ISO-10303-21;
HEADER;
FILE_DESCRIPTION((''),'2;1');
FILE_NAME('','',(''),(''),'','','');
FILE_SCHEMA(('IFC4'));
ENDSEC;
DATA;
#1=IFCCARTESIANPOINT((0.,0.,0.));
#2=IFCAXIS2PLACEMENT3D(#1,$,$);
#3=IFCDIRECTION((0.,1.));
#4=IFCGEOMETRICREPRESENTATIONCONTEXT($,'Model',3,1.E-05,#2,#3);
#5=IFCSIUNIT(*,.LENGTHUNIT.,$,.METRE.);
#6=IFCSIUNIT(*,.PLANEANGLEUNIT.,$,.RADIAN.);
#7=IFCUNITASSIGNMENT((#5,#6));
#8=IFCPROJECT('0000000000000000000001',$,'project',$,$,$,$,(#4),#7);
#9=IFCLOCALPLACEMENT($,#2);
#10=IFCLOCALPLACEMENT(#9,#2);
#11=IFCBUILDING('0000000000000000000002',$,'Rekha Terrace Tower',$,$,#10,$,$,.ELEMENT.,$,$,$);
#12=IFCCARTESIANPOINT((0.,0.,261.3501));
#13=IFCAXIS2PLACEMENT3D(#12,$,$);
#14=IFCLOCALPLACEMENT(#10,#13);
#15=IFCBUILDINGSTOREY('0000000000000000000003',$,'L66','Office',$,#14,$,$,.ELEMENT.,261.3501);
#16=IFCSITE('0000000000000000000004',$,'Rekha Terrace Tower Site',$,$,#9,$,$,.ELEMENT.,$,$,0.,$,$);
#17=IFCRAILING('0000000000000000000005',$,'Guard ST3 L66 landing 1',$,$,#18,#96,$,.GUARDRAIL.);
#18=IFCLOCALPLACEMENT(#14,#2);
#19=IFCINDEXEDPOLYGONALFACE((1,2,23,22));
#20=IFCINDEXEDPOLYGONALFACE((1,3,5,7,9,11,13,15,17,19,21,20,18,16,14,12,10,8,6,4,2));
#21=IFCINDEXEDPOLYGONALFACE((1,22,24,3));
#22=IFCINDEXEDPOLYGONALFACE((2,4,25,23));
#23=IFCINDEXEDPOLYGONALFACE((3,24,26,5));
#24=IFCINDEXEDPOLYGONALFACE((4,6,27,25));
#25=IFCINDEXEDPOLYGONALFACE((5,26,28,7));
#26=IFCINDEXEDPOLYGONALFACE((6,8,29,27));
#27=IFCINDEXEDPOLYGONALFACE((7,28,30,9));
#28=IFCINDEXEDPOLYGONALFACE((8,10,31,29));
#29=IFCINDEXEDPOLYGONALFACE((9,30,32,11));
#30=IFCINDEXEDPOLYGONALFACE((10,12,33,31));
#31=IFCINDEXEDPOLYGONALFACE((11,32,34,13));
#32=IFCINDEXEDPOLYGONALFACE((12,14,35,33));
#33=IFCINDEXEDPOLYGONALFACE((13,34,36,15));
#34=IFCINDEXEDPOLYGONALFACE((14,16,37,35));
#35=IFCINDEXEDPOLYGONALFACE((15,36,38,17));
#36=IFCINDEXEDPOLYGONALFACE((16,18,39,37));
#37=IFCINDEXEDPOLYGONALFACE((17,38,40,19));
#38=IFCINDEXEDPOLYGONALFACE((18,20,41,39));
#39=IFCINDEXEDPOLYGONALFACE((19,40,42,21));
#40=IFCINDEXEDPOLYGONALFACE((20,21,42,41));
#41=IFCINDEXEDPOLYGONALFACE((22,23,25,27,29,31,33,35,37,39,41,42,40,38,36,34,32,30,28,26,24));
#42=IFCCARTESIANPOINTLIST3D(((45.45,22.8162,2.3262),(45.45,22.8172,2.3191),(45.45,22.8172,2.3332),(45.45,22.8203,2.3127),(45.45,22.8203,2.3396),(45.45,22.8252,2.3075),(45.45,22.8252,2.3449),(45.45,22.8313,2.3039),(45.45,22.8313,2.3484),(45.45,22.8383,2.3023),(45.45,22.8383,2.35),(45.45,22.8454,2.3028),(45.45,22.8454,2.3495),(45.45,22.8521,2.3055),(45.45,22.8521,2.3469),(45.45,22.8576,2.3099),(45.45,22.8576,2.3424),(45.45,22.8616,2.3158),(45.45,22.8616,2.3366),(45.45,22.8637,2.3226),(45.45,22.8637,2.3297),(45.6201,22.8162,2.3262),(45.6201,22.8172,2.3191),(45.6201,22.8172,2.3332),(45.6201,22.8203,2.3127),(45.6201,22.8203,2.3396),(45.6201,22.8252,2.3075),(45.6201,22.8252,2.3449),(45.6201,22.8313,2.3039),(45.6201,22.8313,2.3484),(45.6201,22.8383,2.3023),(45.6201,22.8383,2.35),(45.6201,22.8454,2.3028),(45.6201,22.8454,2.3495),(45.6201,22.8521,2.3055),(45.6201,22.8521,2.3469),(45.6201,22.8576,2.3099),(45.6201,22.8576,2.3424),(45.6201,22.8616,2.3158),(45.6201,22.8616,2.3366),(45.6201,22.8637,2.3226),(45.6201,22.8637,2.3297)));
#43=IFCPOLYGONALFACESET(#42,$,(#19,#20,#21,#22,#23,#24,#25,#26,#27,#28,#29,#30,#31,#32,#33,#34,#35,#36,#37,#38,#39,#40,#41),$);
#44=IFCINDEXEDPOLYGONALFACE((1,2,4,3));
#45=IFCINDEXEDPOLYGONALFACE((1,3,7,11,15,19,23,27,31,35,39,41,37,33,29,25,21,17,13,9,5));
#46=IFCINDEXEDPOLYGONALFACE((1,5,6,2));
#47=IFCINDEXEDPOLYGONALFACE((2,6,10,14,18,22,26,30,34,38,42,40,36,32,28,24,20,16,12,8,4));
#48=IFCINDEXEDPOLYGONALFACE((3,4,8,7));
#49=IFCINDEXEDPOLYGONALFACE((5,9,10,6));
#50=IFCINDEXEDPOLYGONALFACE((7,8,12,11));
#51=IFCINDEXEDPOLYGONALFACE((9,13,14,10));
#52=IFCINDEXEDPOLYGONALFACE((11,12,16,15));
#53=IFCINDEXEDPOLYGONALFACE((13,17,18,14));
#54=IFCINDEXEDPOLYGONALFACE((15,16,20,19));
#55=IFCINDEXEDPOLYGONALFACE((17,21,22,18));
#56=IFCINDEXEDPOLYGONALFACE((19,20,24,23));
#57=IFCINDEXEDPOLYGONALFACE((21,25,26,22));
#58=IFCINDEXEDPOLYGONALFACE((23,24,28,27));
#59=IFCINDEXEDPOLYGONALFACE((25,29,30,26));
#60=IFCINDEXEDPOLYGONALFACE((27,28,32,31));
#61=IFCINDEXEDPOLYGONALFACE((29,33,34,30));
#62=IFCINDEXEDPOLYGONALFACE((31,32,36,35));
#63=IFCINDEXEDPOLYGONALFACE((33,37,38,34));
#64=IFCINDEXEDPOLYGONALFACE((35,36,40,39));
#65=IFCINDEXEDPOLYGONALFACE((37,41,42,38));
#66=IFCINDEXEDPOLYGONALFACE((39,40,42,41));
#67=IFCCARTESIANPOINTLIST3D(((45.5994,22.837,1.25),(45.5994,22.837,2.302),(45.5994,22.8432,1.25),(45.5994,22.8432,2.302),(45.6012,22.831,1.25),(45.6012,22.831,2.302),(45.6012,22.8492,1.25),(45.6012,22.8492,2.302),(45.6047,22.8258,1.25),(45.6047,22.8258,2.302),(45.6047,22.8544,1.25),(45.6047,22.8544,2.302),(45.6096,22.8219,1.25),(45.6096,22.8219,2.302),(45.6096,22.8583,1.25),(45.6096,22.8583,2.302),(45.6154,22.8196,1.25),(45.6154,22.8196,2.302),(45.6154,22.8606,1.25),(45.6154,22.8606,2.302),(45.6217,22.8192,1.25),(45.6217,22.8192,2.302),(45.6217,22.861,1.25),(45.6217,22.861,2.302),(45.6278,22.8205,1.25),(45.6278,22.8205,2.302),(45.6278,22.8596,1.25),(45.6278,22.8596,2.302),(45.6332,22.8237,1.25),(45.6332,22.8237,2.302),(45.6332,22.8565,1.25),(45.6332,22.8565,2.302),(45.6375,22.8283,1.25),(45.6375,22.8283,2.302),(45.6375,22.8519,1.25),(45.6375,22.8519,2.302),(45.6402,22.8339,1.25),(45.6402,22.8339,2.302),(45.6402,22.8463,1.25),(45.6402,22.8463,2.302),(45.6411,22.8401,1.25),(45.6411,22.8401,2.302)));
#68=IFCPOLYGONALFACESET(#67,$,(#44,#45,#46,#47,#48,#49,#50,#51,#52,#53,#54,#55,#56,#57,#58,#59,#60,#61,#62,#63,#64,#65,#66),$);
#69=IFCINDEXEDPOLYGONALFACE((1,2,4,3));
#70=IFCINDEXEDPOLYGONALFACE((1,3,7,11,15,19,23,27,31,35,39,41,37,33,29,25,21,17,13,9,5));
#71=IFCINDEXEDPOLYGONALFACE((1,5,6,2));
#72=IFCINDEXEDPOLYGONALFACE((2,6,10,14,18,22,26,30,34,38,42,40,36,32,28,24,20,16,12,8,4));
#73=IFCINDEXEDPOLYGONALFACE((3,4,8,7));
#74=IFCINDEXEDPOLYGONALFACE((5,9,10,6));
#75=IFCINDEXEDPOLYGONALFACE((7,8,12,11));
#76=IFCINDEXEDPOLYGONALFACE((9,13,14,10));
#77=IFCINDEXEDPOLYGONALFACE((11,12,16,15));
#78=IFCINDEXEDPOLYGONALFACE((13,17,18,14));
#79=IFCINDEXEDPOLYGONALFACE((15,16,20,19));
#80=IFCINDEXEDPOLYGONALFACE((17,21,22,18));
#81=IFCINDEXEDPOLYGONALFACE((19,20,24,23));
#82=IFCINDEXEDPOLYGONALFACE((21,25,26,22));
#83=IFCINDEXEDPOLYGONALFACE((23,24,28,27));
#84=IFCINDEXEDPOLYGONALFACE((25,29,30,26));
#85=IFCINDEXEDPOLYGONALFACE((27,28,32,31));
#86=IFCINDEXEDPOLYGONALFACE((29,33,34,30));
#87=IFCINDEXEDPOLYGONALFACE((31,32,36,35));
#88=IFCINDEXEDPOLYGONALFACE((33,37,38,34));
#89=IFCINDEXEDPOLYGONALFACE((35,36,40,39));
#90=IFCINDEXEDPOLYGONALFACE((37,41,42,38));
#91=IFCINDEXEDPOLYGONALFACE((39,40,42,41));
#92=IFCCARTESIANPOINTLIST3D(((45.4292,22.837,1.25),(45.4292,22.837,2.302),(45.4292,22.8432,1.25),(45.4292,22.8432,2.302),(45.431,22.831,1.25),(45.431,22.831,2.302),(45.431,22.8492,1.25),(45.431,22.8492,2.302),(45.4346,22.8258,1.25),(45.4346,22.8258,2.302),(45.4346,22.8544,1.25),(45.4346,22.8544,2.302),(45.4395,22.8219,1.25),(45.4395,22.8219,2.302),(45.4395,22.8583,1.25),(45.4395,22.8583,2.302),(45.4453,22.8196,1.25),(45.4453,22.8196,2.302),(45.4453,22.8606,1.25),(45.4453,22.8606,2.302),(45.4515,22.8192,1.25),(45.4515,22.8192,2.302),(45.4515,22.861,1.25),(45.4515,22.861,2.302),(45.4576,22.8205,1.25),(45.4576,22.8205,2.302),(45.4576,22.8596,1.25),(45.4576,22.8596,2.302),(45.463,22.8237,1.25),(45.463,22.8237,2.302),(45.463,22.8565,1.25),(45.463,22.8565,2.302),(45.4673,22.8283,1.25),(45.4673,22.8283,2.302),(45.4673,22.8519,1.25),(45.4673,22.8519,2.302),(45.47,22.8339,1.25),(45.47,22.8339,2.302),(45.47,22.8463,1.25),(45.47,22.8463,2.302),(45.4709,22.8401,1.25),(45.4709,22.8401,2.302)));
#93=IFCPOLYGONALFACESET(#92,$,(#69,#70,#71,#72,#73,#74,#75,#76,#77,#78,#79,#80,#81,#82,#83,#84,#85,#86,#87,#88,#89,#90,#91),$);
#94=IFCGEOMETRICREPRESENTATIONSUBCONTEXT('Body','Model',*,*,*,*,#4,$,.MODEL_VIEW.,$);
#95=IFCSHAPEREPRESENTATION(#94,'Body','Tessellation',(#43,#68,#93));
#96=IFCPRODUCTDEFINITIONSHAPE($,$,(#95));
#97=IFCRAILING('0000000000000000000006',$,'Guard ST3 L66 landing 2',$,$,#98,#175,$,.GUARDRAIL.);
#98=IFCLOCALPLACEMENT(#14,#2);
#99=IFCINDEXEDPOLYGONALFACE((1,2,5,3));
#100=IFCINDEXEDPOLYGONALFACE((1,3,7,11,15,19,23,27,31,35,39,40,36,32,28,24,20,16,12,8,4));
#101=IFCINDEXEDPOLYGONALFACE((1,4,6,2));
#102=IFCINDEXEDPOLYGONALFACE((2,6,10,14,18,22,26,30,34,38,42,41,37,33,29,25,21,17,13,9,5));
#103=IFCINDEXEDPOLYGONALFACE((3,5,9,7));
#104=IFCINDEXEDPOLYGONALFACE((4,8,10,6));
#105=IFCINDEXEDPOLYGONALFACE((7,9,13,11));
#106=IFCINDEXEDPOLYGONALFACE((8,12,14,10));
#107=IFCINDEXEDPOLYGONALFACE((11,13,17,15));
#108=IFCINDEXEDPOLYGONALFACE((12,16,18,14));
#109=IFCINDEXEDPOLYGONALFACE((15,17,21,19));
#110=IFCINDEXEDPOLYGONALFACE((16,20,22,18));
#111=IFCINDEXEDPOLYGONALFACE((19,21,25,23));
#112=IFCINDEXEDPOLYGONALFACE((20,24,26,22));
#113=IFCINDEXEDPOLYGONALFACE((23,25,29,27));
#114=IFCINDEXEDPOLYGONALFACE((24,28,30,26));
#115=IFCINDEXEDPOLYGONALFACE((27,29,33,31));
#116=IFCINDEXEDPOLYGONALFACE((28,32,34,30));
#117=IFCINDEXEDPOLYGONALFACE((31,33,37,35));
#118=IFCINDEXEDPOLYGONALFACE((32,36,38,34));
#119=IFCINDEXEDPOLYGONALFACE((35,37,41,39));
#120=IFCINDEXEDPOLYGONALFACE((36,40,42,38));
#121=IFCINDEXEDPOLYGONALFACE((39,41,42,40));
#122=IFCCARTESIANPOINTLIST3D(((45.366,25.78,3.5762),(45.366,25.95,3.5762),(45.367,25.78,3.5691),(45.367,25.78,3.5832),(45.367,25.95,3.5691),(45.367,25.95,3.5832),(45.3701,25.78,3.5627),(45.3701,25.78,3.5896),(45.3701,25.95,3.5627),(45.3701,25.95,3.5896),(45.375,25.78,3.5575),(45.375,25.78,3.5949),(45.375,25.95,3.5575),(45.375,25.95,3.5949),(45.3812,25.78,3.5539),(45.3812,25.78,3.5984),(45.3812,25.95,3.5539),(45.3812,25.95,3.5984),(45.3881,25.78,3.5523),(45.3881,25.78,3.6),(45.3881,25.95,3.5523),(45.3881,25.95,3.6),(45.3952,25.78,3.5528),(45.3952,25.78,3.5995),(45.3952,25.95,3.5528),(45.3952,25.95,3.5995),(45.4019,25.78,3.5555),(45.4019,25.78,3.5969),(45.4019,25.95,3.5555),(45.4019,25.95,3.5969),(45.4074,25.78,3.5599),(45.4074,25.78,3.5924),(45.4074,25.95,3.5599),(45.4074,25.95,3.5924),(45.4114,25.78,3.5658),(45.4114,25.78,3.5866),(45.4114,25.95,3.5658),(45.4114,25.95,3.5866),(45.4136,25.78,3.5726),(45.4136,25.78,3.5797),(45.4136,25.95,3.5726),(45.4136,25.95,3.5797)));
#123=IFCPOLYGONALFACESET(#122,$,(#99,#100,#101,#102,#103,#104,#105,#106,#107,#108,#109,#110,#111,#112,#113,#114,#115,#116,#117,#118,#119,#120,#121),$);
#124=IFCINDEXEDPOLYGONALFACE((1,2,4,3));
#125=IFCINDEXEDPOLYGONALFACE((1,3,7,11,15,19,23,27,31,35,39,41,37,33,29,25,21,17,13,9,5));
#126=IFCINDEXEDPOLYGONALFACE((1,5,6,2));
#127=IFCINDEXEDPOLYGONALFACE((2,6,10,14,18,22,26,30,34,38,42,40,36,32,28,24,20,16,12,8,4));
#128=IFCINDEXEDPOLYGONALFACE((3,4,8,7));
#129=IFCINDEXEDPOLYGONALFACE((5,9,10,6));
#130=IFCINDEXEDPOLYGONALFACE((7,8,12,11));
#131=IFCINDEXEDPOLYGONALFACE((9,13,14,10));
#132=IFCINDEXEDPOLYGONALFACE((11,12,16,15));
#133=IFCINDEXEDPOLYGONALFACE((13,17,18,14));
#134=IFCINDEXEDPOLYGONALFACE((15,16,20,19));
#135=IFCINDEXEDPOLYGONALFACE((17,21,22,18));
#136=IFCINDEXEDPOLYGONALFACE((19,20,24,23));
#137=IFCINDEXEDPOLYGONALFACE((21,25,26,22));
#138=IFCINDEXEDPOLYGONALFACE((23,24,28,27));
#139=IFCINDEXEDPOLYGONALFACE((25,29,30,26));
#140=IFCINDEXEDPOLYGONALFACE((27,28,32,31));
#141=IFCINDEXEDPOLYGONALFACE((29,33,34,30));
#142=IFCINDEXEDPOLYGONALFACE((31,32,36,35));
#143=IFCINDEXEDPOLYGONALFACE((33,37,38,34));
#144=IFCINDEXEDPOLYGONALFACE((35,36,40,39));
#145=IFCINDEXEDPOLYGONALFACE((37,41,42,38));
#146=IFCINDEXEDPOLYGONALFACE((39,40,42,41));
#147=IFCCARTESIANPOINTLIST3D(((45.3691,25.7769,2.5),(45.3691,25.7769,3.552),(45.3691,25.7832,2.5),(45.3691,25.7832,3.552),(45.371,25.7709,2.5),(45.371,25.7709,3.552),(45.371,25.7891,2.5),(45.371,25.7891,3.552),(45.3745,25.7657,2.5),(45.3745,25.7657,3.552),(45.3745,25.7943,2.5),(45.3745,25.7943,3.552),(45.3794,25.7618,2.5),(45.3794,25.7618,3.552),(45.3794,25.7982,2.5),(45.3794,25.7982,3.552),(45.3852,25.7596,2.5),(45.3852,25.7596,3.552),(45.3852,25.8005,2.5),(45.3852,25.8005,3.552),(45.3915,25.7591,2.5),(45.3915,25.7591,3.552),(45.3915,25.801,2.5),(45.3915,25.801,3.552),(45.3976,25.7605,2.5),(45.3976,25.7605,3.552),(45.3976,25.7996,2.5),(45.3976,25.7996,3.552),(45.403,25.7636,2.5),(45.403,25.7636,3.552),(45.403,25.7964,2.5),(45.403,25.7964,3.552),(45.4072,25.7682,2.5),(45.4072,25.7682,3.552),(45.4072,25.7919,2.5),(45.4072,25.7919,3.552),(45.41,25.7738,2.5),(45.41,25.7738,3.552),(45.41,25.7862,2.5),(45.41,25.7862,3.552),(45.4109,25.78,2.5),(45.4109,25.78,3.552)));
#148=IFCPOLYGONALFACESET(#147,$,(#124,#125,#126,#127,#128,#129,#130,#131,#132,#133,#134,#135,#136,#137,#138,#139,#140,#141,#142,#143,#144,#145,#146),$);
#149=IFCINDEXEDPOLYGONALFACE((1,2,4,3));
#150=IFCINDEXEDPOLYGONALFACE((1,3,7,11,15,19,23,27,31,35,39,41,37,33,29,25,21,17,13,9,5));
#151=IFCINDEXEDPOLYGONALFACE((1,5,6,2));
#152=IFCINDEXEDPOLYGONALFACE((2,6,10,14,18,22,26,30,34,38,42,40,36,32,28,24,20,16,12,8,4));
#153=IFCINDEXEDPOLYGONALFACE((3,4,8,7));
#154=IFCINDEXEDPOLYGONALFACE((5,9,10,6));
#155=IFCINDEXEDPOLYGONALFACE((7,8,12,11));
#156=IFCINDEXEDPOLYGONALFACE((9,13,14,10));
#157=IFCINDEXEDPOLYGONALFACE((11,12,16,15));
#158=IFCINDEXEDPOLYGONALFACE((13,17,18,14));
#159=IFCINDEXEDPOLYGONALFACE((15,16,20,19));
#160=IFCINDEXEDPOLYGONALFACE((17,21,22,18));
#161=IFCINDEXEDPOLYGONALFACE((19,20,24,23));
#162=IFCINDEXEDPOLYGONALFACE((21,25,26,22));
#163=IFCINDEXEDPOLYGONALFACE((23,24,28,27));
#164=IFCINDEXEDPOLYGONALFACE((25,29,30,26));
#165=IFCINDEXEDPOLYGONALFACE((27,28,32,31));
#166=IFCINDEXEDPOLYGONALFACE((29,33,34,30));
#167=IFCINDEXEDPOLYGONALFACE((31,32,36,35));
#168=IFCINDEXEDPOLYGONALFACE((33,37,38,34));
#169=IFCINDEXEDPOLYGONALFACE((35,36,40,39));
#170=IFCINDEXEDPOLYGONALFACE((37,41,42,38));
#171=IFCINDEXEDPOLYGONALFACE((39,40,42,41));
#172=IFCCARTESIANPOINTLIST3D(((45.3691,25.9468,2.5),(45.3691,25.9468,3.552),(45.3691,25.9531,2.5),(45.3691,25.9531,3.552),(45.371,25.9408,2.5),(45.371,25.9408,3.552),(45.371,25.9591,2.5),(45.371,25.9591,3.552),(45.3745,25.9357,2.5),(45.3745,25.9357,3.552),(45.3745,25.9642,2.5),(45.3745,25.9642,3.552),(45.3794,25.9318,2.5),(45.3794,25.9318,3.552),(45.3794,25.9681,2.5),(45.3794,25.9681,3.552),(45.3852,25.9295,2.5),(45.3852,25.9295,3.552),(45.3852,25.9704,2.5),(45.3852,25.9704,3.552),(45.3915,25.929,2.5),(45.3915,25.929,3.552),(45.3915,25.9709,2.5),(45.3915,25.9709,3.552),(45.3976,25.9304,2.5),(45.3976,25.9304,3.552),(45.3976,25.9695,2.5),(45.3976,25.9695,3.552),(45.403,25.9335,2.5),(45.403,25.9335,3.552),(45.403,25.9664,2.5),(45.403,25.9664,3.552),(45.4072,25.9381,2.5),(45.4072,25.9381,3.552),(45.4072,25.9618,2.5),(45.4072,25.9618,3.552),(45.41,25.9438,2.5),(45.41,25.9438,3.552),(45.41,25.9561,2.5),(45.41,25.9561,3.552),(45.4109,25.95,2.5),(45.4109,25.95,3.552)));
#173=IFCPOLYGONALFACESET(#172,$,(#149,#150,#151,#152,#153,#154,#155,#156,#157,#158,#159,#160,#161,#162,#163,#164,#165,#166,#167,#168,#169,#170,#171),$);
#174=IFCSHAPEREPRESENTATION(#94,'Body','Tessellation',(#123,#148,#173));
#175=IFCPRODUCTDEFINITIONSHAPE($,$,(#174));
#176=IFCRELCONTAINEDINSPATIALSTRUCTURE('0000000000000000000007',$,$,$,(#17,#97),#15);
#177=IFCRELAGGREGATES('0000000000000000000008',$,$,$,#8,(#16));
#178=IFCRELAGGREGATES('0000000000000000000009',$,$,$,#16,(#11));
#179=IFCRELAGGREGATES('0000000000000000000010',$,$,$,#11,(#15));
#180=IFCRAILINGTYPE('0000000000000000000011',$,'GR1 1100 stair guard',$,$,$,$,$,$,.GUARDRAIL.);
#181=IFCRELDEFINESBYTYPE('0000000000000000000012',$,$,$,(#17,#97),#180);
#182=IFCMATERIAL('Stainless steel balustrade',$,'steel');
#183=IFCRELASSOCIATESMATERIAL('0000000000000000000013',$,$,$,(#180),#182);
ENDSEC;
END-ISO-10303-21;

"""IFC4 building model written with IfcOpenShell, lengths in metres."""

from ifc_helpers import new_model, si_unit, direction, frame, origin, origin_2d, place, context, subcontext, project, spatial, circle, extrude, material, type_object, element, save


model = new_model("IFC4")

# Units and contexts
model_context = context("Model", 3, precision=1e-05, world=origin(), true_north=direction((0.0, 1.0)))
body_context = subcontext(model_context, "Body", "Model", "MODEL_VIEW")
ifc_project = project(units=[si_unit("LENGTHUNIT", "METRE"), si_unit("PLANEANGLEUNIT", "RADIAN")], contexts=[model_context])

# Site, building, storey
site_placement = place(None, origin())
site = spatial("IfcSite", under=ifc_project, at=site_placement, Name="Rekha Terrace Tower Site", CompositionType="ELEMENT", RefElevation=0.0)
building_placement = place(site_placement, origin())
building = spatial("IfcBuilding", under=site, at=building_placement, Name="Rekha Terrace Tower", CompositionType="ELEMENT")
storey_placement = place(building_placement, frame((0.0, 0.0, 261.3501)))
storey = spatial("IfcBuildingStorey", under=building, at=storey_placement, Name="L66", Description="Office", CompositionType="ELEMENT", Elevation=261.3501)

# Railings
ifc_material_1 = material(Name="Stainless steel balustrade", Category="steel")
railing_type_1 = type_object("IfcRailingType", Name="GR1 1100 stair guard", PredefinedType="GUARDRAIL", material=ifc_material_1)
railing_1_placement = place(storey_placement, frame((45.6201, 22.8401, 1.25)))
element("IfcRailing", 1, at=railing_1_placement, inside=storey, type_object=railing_type_1, Name="Guard ST3 L66 landing 1", PredefinedType="GUARDRAIL", context=body_context, shape_type="SweptSolid", body=[
    extrude(circle(Radius=0.0239, at=origin_2d()), frame((0.0, 0.0, 1.0762), z_axis=(-1.0, 0.0, 0.0), x_axis=(0.0, -1.0, 0.0)), (0.0, 0.0, 1.0), 0.1702),
    extrude(circle(Radius=0.021, at=origin_2d()), origin(), (0.0, 0.0, 1.0), 1.052),
    extrude(circle(Radius=0.021, at=origin_2d()), frame((-0.1702, 0.0, 0.0)), (0.0, 0.0, 1.0), 1.052),
])
railing_2_placement = place(storey_placement, frame((45.3899, 25.78, 2.5)))
element("IfcRailing", 2, at=railing_2_placement, inside=storey, type_object=railing_type_1, Name="Guard ST3 L66 landing 2", PredefinedType="GUARDRAIL", context=body_context, shape_type="SweptSolid", body=[
    extrude(circle(Radius=0.0239, at=origin_2d()), frame((0.0, 0.0, 1.0762), z_axis=(0.0, 1.0, 0.0), x_axis=(-1.0, 0.0, 0.0)), (0.0, 0.0, 1.0), 0.1699),
    extrude(circle(Radius=0.021, at=origin_2d()), origin(), (0.0, 0.0, 1.0), 1.052),
    extrude(circle(Radius=0.021, at=origin_2d()), frame((0.0, 0.1699, 0.0)), (0.0, 0.0, 1.0), 1.052),
])

save(model, "model.ifc")
